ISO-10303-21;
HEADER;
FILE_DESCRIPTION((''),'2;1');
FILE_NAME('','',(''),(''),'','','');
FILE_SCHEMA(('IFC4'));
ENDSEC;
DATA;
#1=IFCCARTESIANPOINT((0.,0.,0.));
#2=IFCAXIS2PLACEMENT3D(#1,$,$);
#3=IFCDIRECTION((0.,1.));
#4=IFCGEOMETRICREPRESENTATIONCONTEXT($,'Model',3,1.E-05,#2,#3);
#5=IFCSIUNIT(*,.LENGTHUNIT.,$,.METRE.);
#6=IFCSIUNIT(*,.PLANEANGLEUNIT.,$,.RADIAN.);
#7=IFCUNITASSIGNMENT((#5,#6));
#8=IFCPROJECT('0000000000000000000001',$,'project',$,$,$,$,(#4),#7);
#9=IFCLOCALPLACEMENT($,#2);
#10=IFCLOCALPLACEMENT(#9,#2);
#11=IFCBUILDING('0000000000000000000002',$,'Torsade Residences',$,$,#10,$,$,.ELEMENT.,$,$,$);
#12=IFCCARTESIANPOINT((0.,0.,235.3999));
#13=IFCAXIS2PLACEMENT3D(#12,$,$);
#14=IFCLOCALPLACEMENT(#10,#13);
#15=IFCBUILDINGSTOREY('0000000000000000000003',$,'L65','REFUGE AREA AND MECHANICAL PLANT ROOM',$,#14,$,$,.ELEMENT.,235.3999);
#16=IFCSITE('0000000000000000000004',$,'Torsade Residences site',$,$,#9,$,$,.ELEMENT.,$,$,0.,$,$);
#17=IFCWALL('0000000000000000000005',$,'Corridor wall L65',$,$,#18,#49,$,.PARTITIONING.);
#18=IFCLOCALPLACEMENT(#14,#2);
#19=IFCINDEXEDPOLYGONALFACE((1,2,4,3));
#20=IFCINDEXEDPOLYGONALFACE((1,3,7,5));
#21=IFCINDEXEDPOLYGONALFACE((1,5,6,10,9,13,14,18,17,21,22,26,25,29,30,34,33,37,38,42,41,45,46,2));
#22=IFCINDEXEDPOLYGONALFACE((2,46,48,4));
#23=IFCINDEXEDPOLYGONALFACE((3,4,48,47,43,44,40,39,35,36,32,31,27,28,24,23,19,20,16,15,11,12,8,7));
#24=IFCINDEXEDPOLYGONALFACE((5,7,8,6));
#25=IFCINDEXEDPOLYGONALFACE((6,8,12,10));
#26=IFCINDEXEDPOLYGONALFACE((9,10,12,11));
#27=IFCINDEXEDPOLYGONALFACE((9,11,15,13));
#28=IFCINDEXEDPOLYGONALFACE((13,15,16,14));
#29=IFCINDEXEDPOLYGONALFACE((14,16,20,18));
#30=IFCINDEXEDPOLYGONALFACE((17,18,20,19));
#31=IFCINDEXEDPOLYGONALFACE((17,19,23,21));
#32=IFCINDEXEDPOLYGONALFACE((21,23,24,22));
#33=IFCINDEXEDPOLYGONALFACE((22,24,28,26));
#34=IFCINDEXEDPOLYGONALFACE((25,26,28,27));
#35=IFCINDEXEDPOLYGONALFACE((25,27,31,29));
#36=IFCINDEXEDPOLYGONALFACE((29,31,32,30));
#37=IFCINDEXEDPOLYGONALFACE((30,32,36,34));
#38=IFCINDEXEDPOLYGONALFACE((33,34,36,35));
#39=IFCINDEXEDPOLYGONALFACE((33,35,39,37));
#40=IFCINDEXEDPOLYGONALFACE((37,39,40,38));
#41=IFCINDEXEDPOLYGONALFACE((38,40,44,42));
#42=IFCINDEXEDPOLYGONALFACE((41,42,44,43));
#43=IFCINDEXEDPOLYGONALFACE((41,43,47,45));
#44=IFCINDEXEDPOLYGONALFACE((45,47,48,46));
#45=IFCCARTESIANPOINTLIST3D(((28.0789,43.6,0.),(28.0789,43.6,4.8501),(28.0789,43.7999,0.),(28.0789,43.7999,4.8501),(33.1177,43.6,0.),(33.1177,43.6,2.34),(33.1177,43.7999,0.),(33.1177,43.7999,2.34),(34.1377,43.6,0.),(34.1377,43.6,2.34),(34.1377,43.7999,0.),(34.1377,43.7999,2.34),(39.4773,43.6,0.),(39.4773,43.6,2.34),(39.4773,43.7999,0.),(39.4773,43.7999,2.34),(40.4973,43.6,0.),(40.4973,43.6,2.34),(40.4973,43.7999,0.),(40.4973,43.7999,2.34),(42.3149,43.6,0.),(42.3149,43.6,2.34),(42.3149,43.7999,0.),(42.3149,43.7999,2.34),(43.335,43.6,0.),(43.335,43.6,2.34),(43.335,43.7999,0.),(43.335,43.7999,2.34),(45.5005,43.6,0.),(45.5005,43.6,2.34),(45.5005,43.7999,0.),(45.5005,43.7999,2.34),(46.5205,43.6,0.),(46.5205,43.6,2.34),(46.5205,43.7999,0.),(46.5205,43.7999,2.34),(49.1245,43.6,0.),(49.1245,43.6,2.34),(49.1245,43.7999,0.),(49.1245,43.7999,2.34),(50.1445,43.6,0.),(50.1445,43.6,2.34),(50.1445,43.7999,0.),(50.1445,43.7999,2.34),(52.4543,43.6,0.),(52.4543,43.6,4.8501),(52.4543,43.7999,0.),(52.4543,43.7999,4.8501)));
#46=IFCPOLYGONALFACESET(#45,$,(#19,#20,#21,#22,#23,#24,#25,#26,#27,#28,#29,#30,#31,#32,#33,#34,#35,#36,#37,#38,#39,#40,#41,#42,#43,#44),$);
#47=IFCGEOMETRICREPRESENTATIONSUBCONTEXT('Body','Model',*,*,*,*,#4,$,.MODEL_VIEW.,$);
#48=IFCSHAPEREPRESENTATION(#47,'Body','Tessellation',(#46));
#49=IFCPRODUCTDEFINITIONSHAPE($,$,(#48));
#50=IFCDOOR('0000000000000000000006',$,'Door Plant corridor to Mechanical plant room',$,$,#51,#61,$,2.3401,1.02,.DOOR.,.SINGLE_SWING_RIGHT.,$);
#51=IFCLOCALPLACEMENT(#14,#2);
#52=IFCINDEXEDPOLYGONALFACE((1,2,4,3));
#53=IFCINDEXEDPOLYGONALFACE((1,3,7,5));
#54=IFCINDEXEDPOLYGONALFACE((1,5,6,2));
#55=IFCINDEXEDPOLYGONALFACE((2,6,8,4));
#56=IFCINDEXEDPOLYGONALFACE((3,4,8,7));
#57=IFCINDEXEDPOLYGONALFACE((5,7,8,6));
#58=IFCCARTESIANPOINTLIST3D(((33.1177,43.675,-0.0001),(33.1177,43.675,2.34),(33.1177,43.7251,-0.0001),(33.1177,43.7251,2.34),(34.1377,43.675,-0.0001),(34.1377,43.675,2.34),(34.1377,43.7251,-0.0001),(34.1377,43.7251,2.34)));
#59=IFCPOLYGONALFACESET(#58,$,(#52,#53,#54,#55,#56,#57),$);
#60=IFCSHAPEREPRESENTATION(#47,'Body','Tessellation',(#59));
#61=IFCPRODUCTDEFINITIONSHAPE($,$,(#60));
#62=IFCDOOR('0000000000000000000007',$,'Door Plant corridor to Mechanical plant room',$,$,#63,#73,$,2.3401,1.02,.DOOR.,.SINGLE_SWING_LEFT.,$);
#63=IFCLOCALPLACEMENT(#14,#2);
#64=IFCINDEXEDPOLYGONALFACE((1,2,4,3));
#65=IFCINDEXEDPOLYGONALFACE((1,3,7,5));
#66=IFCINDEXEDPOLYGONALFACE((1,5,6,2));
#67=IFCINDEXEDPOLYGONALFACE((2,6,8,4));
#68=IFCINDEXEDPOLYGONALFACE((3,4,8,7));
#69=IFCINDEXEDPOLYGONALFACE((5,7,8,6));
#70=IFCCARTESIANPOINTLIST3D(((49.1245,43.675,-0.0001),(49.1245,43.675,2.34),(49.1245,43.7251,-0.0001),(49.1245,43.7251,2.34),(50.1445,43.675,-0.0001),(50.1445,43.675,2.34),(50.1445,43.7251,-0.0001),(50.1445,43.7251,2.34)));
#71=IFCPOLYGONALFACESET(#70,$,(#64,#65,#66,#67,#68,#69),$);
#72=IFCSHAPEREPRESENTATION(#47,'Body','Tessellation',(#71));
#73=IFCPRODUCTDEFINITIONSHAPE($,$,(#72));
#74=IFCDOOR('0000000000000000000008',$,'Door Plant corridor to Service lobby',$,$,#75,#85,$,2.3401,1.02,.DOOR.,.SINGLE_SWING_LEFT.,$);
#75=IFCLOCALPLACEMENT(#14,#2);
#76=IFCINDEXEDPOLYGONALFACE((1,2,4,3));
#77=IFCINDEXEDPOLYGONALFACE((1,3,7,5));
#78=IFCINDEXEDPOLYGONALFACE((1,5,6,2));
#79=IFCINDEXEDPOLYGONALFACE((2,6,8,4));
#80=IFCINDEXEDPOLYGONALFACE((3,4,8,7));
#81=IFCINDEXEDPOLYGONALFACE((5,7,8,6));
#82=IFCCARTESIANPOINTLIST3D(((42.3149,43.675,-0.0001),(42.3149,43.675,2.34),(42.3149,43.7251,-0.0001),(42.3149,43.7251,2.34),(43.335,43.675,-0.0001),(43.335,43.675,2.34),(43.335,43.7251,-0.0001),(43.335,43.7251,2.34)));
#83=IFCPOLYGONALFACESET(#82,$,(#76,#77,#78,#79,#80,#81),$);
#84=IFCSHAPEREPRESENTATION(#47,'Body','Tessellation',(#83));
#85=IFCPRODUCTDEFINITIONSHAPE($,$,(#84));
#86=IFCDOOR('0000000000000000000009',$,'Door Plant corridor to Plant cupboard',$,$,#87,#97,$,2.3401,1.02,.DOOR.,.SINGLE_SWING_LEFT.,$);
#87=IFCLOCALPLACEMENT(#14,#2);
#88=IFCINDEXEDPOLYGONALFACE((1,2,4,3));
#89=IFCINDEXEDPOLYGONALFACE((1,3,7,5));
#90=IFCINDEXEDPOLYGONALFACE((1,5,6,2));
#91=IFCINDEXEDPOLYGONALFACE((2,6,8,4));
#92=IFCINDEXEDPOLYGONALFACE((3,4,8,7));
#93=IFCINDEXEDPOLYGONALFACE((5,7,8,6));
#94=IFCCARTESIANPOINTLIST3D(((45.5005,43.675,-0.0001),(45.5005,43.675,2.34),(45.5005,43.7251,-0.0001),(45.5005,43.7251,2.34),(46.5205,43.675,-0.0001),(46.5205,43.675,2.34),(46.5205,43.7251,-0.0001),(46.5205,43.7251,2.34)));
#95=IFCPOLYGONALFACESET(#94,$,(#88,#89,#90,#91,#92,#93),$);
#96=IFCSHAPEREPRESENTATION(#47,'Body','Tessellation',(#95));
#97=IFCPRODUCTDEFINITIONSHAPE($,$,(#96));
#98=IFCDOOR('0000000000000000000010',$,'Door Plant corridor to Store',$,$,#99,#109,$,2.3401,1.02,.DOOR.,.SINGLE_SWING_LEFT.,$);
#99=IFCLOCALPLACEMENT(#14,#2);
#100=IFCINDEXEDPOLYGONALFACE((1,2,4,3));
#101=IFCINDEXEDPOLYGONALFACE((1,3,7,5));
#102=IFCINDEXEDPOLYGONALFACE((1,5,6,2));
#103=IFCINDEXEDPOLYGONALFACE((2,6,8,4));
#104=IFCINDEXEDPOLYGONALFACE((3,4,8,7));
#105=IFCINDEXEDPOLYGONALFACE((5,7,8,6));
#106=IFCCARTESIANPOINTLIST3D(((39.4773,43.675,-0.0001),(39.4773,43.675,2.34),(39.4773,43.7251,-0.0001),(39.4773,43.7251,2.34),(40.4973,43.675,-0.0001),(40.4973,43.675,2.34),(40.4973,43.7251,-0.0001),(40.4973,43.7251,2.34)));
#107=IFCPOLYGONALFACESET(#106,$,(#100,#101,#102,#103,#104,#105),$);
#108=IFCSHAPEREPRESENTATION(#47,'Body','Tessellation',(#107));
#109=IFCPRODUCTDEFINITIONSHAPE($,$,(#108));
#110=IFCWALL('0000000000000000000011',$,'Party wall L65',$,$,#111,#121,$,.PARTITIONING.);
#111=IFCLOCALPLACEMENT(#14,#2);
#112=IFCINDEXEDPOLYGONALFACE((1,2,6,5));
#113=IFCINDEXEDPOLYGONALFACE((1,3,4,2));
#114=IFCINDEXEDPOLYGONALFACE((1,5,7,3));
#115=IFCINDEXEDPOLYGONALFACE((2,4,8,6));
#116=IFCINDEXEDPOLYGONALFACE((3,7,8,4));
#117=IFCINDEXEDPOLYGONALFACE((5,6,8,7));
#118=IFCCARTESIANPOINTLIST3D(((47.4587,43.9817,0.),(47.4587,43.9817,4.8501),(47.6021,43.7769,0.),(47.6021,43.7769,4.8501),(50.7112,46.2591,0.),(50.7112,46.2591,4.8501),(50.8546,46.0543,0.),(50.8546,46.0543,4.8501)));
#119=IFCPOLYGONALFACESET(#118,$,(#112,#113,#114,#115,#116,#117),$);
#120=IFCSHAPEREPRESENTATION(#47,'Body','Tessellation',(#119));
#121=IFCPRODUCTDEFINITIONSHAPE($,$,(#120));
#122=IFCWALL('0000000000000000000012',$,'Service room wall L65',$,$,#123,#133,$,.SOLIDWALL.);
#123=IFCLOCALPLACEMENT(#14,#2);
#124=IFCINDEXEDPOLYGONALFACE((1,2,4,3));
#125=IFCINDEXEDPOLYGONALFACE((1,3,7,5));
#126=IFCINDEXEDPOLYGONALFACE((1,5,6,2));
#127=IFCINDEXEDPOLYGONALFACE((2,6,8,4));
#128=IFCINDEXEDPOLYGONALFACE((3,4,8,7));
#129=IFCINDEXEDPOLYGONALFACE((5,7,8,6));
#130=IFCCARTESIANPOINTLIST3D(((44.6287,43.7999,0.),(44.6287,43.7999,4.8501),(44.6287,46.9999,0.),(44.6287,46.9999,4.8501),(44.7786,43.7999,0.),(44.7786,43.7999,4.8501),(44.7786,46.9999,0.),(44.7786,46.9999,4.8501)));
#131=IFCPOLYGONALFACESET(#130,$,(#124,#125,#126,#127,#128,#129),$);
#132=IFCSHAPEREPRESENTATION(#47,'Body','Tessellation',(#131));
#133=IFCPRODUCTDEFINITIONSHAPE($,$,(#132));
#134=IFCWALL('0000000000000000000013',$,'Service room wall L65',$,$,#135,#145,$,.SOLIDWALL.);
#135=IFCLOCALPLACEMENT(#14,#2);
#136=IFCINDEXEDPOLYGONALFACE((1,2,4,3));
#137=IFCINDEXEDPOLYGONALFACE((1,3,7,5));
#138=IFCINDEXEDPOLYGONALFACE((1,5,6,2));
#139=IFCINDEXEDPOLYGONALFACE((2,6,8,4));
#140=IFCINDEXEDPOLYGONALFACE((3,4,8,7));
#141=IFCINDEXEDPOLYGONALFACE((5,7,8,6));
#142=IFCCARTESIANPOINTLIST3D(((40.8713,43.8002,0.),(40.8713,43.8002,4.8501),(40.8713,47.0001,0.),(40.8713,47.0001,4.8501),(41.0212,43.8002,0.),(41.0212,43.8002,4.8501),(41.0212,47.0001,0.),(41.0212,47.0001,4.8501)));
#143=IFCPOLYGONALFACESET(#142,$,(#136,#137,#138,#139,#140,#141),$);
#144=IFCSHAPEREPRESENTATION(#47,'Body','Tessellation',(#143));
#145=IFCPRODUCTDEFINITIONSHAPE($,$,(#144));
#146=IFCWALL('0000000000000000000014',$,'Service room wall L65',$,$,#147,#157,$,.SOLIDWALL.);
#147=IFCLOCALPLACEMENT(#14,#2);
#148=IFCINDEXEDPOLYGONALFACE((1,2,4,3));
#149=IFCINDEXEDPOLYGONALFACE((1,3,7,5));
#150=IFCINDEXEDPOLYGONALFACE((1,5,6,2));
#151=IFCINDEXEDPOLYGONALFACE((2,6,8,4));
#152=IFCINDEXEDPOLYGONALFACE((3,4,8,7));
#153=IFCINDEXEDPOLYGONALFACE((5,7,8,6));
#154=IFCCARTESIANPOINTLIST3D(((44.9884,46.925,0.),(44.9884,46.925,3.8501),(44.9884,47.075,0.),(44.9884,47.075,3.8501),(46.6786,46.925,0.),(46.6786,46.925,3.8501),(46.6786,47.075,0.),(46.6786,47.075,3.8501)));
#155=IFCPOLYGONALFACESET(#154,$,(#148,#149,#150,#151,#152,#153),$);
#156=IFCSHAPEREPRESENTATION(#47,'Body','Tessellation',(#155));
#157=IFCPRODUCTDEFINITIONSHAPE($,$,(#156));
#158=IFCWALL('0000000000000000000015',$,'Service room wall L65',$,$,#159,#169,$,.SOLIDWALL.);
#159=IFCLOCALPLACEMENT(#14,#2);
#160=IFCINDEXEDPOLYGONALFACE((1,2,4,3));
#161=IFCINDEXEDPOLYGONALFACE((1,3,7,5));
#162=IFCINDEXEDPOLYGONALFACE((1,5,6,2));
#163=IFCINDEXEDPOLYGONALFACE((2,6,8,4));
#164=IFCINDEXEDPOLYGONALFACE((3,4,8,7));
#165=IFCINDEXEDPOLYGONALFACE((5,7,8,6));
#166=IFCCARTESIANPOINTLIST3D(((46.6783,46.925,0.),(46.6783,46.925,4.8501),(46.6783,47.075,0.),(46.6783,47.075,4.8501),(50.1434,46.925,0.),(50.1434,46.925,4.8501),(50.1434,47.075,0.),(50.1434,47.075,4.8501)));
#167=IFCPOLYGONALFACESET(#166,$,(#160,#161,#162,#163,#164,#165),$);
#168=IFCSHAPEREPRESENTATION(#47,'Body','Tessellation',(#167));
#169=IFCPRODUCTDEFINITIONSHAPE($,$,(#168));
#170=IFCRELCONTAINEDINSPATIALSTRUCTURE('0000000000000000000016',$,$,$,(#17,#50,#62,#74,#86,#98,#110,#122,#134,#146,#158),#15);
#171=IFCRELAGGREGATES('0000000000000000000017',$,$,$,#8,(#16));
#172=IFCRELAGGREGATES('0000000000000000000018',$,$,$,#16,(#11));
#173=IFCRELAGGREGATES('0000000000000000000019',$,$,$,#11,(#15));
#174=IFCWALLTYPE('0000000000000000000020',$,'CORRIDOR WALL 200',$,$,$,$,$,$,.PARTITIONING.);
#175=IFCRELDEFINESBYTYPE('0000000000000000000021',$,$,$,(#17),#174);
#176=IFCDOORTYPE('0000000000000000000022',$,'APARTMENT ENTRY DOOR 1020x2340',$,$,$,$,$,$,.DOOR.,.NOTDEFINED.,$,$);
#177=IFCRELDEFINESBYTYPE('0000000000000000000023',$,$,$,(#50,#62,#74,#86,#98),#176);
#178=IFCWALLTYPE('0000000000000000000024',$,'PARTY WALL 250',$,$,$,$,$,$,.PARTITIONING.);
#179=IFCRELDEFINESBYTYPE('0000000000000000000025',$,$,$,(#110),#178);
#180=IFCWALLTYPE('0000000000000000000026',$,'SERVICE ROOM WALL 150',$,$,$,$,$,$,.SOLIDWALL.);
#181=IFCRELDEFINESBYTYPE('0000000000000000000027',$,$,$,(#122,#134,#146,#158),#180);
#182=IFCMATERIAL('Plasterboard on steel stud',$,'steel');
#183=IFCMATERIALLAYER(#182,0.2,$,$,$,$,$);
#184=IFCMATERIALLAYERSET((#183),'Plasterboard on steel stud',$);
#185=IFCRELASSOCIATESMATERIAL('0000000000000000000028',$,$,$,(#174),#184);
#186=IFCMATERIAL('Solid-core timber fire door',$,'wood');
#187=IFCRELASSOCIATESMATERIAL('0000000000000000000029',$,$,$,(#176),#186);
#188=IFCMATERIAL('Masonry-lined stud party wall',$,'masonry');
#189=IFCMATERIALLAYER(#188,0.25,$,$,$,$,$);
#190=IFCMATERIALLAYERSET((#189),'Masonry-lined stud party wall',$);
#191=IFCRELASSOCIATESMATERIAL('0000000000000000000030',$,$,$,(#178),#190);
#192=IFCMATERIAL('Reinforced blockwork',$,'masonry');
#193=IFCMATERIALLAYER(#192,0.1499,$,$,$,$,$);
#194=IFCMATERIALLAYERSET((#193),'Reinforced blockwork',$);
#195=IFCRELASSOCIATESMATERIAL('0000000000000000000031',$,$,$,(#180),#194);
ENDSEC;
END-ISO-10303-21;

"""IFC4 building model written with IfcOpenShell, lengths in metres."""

from ifc_helpers import new_model, si_unit, direction, frame, frame_2d, origin, place, context, subcontext, project, spatial, rectangle, extrude, material, layer, layer_set, type_object, element, fill, save


model = new_model("IFC4")

# Units and contexts
model_context = context("Model", 3, precision=1e-05, world=origin(), true_north=direction((0.0, 1.0)))
body_context = subcontext(model_context, "Body", "Model", "MODEL_VIEW")
ifc_project = project(units=[si_unit("LENGTHUNIT", "METRE"), si_unit("PLANEANGLEUNIT", "RADIAN")], contexts=[model_context])

# Site, building, storey
site_placement = place(None, origin())
site = spatial("IfcSite", under=ifc_project, at=site_placement, Name="Torsade Residences site", CompositionType="ELEMENT", RefElevation=0.0)
building_placement = place(site_placement, origin())
building = spatial("IfcBuilding", under=site, at=building_placement, Name="Torsade Residences", CompositionType="ELEMENT")
storey_placement = place(building_placement, frame((0.0, 0.0, 235.3999)))
storey = spatial("IfcBuildingStorey", under=building, at=storey_placement, Name="L65", Description="REFUGE AREA AND MECHANICAL PLANT ROOM", CompositionType="ELEMENT", Elevation=235.3999)

# Wall, openings, doors
ifc_material_1 = material(Name="Plasterboard on steel stud", Category="steel")
ifc_layer_1 = layer(ifc_material_1, 0.2)
ifc_layer_set_1 = layer_set([ifc_layer_1], Name="Plasterboard on steel stud")
wall_type_1 = type_object("IfcWallType", Name="CORRIDOR WALL 200", PredefinedType="PARTITIONING", material=ifc_layer_set_1)
wall_1_placement = place(storey_placement, frame((52.4543, 43.7, 0.0), z_axis=(0.0, 0.0, 1.0), x_axis=(-1.0, 0.0, 0.0)))
wall_1 = element("IfcWall", 1, at=wall_1_placement, inside=storey, type_object=wall_type_1, Name="Corridor wall L65", PredefinedType="PARTITIONING", context=body_context, shape_type="SweptSolid", body=[
    extrude(rectangle(XDim=24.3755, YDim=0.2, at=frame_2d((12.1877, 0.0))), origin(), (0.0, 0.0, 1.0), 4.8501),
])
opening_1_placement = place(wall_1_placement, frame((18.3167, 0.0, 0.0)))
opening_1 = element("IfcOpeningElement", 2, at=opening_1_placement, cuts=wall_1, PredefinedType="OPENING", context=body_context, shape_type="SweptSolid", body=[
    extrude(rectangle(XDim=1.02, YDim=2.3401, at=frame_2d((0.51, 1.1699))), frame((0.0, 0.1099, 0.0), z_axis=(0.0, -1.0, 0.0), x_axis=(1.0, 0.0, 0.0)), (0.0, 0.0, 1.0), 0.22),
])
opening_2_placement = place(wall_1_placement, frame((2.3098, 0.0, 0.0)))
opening_2 = element("IfcOpeningElement", 3, at=opening_2_placement, cuts=wall_1, PredefinedType="OPENING", context=body_context, shape_type="SweptSolid", body=[
    extrude(rectangle(XDim=1.02, YDim=2.3401, at=frame_2d((0.51, 1.1699))), frame((0.0, 0.1099, 0.0), z_axis=(0.0, -1.0, 0.0), x_axis=(1.0, 0.0, 0.0)), (0.0, 0.0, 1.0), 0.22),
])
opening_3_placement = place(wall_1_placement, frame((9.1194, 0.0, 0.0)))
opening_3 = element("IfcOpeningElement", 4, at=opening_3_placement, cuts=wall_1, PredefinedType="OPENING", context=body_context, shape_type="SweptSolid", body=[
    extrude(rectangle(XDim=1.02, YDim=2.3401, at=frame_2d((0.51, 1.1699))), frame((0.0, 0.1099, 0.0), z_axis=(0.0, -1.0, 0.0), x_axis=(1.0, 0.0, 0.0)), (0.0, 0.0, 1.0), 0.22),
])
opening_4_placement = place(wall_1_placement, frame((5.9338, 0.0, 0.0)))
opening_4 = element("IfcOpeningElement", 5, at=opening_4_placement, cuts=wall_1, PredefinedType="OPENING", context=body_context, shape_type="SweptSolid", body=[
    extrude(rectangle(XDim=1.02, YDim=2.3401, at=frame_2d((0.51, 1.1699))), frame((0.0, 0.1099, 0.0), z_axis=(0.0, -1.0, 0.0), x_axis=(1.0, 0.0, 0.0)), (0.0, 0.0, 1.0), 0.22),
])
opening_5_placement = place(wall_1_placement, frame((11.957, 0.0, 0.0)))
opening_5 = element("IfcOpeningElement", 6, at=opening_5_placement, cuts=wall_1, PredefinedType="OPENING", context=body_context, shape_type="SweptSolid", body=[
    extrude(rectangle(XDim=1.02, YDim=2.3401, at=frame_2d((0.51, 1.1699))), frame((0.0, 0.1099, 0.0), z_axis=(0.0, -1.0, 0.0), x_axis=(1.0, 0.0, 0.0)), (0.0, 0.0, 1.0), 0.22),
])
ifc_material_2 = material(Name="Solid-core timber fire door", Category="wood")
door_type = type_object("IfcDoorType", Name="APARTMENT ENTRY DOOR 1020x2340", OperationType="NOTDEFINED", PredefinedType="DOOR", material=ifc_material_2)
door_1_placement = place(opening_1_placement, origin())
door_1 = element("IfcDoor", 7, at=door_1_placement, inside=storey, type_object=door_type, Name="Door Plant corridor to Mechanical plant room", OperationType="SINGLE_SWING_RIGHT", OverallHeight=2.3401, OverallWidth=1.02, PredefinedType="DOOR", context=body_context, shape_type="SweptSolid", body=[
    extrude(rectangle(XDim=1.02, YDim=2.3401, at=frame_2d((0.51, 1.1699))), frame((0.0, 0.0249, 0.0), z_axis=(0.0, -1.0, 0.0), x_axis=(1.0, 0.0, 0.0)), (0.0, 0.0, 1.0), 0.05),
])
fill(opening_1, door_1)
door_2_placement = place(opening_2_placement, origin())
door_2 = element("IfcDoor", 8, at=door_2_placement, inside=storey, type_object=door_type, Name="Door Plant corridor to Mechanical plant room", OperationType="SINGLE_SWING_LEFT", OverallHeight=2.3401, OverallWidth=1.02, PredefinedType="DOOR", context=body_context, shape_type="SweptSolid", body=[
    extrude(rectangle(XDim=1.02, YDim=2.3401, at=frame_2d((0.51, 1.1699))), frame((0.0, 0.0249, 0.0), z_axis=(0.0, -1.0, 0.0), x_axis=(1.0, 0.0, 0.0)), (0.0, 0.0, 1.0), 0.05),
])
fill(opening_2, door_2)
door_3_placement = place(opening_3_placement, origin())
door_3 = element("IfcDoor", 9, at=door_3_placement, inside=storey, type_object=door_type, Name="Door Plant corridor to Service lobby", OperationType="SINGLE_SWING_LEFT", OverallHeight=2.3401, OverallWidth=1.02, PredefinedType="DOOR", context=body_context, shape_type="SweptSolid", body=[
    extrude(rectangle(XDim=1.02, YDim=2.3401, at=frame_2d((0.51, 1.1699))), frame((0.0, 0.0249, 0.0), z_axis=(0.0, -1.0, 0.0), x_axis=(1.0, 0.0, 0.0)), (0.0, 0.0, 1.0), 0.05),
])
fill(opening_3, door_3)
door_4_placement = place(opening_4_placement, origin())
door_4 = element("IfcDoor", 10, at=door_4_placement, inside=storey, type_object=door_type, Name="Door Plant corridor to Plant cupboard", OperationType="SINGLE_SWING_LEFT", OverallHeight=2.3401, OverallWidth=1.02, PredefinedType="DOOR", context=body_context, shape_type="SweptSolid", body=[
    extrude(rectangle(XDim=1.02, YDim=2.3401, at=frame_2d((0.51, 1.1699))), frame((0.0, 0.0249, 0.0), z_axis=(0.0, -1.0, 0.0), x_axis=(1.0, 0.0, 0.0)), (0.0, 0.0, 1.0), 0.05),
])
fill(opening_4, door_4)
door_5_placement = place(opening_5_placement, origin())
door_5 = element("IfcDoor", 11, at=door_5_placement, inside=storey, type_object=door_type, Name="Door Plant corridor to Store", OperationType="SINGLE_SWING_LEFT", OverallHeight=2.3401, OverallWidth=1.02, PredefinedType="DOOR", context=body_context, shape_type="SweptSolid", body=[
    extrude(rectangle(XDim=1.02, YDim=2.3401, at=frame_2d((0.51, 1.1699))), frame((0.0, 0.0249, 0.0), z_axis=(0.0, -1.0, 0.0), x_axis=(1.0, 0.0, 0.0)), (0.0, 0.0, 1.0), 0.05),
])
fill(opening_5, door_5)

# Walls
ifc_material_3 = material(Name="Masonry-lined stud party wall", Category="masonry")
ifc_layer_2 = layer(ifc_material_3, 0.25)
ifc_layer_set_2 = layer_set([ifc_layer_2], Name="Masonry-lined stud party wall")
wall_type_2 = type_object("IfcWallType", Name="PARTY WALL 250", PredefinedType="PARTITIONING", material=ifc_layer_set_2)
wall_2_placement = place(storey_placement, frame((50.783, 46.1567, 0.0), z_axis=(0.0, 0.0, 1.0), x_axis=(-0.819157, -0.57357, 0.0)))
element("IfcWall", 12, at=wall_2_placement, inside=storey, type_object=wall_type_2, Name="Party wall L65", PredefinedType="PARTITIONING", context=body_context, shape_type="SweptSolid", body=[
    extrude(rectangle(XDim=3.9705, YDim=0.25, at=frame_2d((1.9854, 0.0))), origin(), (0.0, 0.0, 1.0), 4.8501),
])
ifc_material_4 = material(Name="Reinforced blockwork", Category="masonry")
ifc_layer_3 = layer(ifc_material_4, 0.1499)
ifc_layer_set_3 = layer_set([ifc_layer_3], Name="Reinforced blockwork")
wall_type_3 = type_object("IfcWallType", Name="SERVICE ROOM WALL 150", PredefinedType="SOLIDWALL", material=ifc_layer_set_3)
for number, where, z_axis, x_axis, name in (
    (13, (44.7036, 47.0, 0.0), (0.0, 0.0, 1.0), (0.0, -1.0, 0.0), "Service room wall L65"),
    (14, (40.9463, 43.8, 0.0), (0.0, 0.0, 1.0), (0.0, 1.0, 0.0), "Service room wall L65"),
):
    element("IfcWall", number, at=place(storey_placement, frame(where, z_axis=z_axis, x_axis=x_axis)), inside=storey, type_object=wall_type_3, Name=name, PredefinedType="SOLIDWALL", context=body_context, shape_type="SweptSolid", body=[
        extrude(rectangle(XDim=3.2, YDim=0.1499, at=frame_2d((1.6001, 0.0))), origin(), (0.0, 0.0, 1.0), 4.8501),
    ])
wall_3_placement = place(storey_placement, frame((44.9883, 47.0, 0.0), z_axis=(0.0, 0.0, 1.0), x_axis=(1.0, 0.0, 0.0)))
element("IfcWall", 15, at=wall_3_placement, inside=storey, type_object=wall_type_3, Name="Service room wall L65", PredefinedType="SOLIDWALL", context=body_context, shape_type="SweptSolid", body=[
    extrude(rectangle(XDim=1.6902, YDim=0.1499, at=frame_2d((0.8452, 0.0))), origin(), (0.0, 0.0, 1.0), 3.8501),
])
wall_4_placement = place(storey_placement, frame((46.6785, 47.0, 0.0), z_axis=(0.0, 0.0, 1.0), x_axis=(1.0, 0.0, 0.0)))
element("IfcWall", 16, at=wall_4_placement, inside=storey, type_object=wall_type_3, Name="Service room wall L65", PredefinedType="SOLIDWALL", context=body_context, shape_type="SweptSolid", body=[
    extrude(rectangle(XDim=3.4651, YDim=0.1499, at=frame_2d((1.7324, 0.0))), origin(), (0.0, 0.0, 1.0), 4.8501),
])

save(model, "model.ifc")
